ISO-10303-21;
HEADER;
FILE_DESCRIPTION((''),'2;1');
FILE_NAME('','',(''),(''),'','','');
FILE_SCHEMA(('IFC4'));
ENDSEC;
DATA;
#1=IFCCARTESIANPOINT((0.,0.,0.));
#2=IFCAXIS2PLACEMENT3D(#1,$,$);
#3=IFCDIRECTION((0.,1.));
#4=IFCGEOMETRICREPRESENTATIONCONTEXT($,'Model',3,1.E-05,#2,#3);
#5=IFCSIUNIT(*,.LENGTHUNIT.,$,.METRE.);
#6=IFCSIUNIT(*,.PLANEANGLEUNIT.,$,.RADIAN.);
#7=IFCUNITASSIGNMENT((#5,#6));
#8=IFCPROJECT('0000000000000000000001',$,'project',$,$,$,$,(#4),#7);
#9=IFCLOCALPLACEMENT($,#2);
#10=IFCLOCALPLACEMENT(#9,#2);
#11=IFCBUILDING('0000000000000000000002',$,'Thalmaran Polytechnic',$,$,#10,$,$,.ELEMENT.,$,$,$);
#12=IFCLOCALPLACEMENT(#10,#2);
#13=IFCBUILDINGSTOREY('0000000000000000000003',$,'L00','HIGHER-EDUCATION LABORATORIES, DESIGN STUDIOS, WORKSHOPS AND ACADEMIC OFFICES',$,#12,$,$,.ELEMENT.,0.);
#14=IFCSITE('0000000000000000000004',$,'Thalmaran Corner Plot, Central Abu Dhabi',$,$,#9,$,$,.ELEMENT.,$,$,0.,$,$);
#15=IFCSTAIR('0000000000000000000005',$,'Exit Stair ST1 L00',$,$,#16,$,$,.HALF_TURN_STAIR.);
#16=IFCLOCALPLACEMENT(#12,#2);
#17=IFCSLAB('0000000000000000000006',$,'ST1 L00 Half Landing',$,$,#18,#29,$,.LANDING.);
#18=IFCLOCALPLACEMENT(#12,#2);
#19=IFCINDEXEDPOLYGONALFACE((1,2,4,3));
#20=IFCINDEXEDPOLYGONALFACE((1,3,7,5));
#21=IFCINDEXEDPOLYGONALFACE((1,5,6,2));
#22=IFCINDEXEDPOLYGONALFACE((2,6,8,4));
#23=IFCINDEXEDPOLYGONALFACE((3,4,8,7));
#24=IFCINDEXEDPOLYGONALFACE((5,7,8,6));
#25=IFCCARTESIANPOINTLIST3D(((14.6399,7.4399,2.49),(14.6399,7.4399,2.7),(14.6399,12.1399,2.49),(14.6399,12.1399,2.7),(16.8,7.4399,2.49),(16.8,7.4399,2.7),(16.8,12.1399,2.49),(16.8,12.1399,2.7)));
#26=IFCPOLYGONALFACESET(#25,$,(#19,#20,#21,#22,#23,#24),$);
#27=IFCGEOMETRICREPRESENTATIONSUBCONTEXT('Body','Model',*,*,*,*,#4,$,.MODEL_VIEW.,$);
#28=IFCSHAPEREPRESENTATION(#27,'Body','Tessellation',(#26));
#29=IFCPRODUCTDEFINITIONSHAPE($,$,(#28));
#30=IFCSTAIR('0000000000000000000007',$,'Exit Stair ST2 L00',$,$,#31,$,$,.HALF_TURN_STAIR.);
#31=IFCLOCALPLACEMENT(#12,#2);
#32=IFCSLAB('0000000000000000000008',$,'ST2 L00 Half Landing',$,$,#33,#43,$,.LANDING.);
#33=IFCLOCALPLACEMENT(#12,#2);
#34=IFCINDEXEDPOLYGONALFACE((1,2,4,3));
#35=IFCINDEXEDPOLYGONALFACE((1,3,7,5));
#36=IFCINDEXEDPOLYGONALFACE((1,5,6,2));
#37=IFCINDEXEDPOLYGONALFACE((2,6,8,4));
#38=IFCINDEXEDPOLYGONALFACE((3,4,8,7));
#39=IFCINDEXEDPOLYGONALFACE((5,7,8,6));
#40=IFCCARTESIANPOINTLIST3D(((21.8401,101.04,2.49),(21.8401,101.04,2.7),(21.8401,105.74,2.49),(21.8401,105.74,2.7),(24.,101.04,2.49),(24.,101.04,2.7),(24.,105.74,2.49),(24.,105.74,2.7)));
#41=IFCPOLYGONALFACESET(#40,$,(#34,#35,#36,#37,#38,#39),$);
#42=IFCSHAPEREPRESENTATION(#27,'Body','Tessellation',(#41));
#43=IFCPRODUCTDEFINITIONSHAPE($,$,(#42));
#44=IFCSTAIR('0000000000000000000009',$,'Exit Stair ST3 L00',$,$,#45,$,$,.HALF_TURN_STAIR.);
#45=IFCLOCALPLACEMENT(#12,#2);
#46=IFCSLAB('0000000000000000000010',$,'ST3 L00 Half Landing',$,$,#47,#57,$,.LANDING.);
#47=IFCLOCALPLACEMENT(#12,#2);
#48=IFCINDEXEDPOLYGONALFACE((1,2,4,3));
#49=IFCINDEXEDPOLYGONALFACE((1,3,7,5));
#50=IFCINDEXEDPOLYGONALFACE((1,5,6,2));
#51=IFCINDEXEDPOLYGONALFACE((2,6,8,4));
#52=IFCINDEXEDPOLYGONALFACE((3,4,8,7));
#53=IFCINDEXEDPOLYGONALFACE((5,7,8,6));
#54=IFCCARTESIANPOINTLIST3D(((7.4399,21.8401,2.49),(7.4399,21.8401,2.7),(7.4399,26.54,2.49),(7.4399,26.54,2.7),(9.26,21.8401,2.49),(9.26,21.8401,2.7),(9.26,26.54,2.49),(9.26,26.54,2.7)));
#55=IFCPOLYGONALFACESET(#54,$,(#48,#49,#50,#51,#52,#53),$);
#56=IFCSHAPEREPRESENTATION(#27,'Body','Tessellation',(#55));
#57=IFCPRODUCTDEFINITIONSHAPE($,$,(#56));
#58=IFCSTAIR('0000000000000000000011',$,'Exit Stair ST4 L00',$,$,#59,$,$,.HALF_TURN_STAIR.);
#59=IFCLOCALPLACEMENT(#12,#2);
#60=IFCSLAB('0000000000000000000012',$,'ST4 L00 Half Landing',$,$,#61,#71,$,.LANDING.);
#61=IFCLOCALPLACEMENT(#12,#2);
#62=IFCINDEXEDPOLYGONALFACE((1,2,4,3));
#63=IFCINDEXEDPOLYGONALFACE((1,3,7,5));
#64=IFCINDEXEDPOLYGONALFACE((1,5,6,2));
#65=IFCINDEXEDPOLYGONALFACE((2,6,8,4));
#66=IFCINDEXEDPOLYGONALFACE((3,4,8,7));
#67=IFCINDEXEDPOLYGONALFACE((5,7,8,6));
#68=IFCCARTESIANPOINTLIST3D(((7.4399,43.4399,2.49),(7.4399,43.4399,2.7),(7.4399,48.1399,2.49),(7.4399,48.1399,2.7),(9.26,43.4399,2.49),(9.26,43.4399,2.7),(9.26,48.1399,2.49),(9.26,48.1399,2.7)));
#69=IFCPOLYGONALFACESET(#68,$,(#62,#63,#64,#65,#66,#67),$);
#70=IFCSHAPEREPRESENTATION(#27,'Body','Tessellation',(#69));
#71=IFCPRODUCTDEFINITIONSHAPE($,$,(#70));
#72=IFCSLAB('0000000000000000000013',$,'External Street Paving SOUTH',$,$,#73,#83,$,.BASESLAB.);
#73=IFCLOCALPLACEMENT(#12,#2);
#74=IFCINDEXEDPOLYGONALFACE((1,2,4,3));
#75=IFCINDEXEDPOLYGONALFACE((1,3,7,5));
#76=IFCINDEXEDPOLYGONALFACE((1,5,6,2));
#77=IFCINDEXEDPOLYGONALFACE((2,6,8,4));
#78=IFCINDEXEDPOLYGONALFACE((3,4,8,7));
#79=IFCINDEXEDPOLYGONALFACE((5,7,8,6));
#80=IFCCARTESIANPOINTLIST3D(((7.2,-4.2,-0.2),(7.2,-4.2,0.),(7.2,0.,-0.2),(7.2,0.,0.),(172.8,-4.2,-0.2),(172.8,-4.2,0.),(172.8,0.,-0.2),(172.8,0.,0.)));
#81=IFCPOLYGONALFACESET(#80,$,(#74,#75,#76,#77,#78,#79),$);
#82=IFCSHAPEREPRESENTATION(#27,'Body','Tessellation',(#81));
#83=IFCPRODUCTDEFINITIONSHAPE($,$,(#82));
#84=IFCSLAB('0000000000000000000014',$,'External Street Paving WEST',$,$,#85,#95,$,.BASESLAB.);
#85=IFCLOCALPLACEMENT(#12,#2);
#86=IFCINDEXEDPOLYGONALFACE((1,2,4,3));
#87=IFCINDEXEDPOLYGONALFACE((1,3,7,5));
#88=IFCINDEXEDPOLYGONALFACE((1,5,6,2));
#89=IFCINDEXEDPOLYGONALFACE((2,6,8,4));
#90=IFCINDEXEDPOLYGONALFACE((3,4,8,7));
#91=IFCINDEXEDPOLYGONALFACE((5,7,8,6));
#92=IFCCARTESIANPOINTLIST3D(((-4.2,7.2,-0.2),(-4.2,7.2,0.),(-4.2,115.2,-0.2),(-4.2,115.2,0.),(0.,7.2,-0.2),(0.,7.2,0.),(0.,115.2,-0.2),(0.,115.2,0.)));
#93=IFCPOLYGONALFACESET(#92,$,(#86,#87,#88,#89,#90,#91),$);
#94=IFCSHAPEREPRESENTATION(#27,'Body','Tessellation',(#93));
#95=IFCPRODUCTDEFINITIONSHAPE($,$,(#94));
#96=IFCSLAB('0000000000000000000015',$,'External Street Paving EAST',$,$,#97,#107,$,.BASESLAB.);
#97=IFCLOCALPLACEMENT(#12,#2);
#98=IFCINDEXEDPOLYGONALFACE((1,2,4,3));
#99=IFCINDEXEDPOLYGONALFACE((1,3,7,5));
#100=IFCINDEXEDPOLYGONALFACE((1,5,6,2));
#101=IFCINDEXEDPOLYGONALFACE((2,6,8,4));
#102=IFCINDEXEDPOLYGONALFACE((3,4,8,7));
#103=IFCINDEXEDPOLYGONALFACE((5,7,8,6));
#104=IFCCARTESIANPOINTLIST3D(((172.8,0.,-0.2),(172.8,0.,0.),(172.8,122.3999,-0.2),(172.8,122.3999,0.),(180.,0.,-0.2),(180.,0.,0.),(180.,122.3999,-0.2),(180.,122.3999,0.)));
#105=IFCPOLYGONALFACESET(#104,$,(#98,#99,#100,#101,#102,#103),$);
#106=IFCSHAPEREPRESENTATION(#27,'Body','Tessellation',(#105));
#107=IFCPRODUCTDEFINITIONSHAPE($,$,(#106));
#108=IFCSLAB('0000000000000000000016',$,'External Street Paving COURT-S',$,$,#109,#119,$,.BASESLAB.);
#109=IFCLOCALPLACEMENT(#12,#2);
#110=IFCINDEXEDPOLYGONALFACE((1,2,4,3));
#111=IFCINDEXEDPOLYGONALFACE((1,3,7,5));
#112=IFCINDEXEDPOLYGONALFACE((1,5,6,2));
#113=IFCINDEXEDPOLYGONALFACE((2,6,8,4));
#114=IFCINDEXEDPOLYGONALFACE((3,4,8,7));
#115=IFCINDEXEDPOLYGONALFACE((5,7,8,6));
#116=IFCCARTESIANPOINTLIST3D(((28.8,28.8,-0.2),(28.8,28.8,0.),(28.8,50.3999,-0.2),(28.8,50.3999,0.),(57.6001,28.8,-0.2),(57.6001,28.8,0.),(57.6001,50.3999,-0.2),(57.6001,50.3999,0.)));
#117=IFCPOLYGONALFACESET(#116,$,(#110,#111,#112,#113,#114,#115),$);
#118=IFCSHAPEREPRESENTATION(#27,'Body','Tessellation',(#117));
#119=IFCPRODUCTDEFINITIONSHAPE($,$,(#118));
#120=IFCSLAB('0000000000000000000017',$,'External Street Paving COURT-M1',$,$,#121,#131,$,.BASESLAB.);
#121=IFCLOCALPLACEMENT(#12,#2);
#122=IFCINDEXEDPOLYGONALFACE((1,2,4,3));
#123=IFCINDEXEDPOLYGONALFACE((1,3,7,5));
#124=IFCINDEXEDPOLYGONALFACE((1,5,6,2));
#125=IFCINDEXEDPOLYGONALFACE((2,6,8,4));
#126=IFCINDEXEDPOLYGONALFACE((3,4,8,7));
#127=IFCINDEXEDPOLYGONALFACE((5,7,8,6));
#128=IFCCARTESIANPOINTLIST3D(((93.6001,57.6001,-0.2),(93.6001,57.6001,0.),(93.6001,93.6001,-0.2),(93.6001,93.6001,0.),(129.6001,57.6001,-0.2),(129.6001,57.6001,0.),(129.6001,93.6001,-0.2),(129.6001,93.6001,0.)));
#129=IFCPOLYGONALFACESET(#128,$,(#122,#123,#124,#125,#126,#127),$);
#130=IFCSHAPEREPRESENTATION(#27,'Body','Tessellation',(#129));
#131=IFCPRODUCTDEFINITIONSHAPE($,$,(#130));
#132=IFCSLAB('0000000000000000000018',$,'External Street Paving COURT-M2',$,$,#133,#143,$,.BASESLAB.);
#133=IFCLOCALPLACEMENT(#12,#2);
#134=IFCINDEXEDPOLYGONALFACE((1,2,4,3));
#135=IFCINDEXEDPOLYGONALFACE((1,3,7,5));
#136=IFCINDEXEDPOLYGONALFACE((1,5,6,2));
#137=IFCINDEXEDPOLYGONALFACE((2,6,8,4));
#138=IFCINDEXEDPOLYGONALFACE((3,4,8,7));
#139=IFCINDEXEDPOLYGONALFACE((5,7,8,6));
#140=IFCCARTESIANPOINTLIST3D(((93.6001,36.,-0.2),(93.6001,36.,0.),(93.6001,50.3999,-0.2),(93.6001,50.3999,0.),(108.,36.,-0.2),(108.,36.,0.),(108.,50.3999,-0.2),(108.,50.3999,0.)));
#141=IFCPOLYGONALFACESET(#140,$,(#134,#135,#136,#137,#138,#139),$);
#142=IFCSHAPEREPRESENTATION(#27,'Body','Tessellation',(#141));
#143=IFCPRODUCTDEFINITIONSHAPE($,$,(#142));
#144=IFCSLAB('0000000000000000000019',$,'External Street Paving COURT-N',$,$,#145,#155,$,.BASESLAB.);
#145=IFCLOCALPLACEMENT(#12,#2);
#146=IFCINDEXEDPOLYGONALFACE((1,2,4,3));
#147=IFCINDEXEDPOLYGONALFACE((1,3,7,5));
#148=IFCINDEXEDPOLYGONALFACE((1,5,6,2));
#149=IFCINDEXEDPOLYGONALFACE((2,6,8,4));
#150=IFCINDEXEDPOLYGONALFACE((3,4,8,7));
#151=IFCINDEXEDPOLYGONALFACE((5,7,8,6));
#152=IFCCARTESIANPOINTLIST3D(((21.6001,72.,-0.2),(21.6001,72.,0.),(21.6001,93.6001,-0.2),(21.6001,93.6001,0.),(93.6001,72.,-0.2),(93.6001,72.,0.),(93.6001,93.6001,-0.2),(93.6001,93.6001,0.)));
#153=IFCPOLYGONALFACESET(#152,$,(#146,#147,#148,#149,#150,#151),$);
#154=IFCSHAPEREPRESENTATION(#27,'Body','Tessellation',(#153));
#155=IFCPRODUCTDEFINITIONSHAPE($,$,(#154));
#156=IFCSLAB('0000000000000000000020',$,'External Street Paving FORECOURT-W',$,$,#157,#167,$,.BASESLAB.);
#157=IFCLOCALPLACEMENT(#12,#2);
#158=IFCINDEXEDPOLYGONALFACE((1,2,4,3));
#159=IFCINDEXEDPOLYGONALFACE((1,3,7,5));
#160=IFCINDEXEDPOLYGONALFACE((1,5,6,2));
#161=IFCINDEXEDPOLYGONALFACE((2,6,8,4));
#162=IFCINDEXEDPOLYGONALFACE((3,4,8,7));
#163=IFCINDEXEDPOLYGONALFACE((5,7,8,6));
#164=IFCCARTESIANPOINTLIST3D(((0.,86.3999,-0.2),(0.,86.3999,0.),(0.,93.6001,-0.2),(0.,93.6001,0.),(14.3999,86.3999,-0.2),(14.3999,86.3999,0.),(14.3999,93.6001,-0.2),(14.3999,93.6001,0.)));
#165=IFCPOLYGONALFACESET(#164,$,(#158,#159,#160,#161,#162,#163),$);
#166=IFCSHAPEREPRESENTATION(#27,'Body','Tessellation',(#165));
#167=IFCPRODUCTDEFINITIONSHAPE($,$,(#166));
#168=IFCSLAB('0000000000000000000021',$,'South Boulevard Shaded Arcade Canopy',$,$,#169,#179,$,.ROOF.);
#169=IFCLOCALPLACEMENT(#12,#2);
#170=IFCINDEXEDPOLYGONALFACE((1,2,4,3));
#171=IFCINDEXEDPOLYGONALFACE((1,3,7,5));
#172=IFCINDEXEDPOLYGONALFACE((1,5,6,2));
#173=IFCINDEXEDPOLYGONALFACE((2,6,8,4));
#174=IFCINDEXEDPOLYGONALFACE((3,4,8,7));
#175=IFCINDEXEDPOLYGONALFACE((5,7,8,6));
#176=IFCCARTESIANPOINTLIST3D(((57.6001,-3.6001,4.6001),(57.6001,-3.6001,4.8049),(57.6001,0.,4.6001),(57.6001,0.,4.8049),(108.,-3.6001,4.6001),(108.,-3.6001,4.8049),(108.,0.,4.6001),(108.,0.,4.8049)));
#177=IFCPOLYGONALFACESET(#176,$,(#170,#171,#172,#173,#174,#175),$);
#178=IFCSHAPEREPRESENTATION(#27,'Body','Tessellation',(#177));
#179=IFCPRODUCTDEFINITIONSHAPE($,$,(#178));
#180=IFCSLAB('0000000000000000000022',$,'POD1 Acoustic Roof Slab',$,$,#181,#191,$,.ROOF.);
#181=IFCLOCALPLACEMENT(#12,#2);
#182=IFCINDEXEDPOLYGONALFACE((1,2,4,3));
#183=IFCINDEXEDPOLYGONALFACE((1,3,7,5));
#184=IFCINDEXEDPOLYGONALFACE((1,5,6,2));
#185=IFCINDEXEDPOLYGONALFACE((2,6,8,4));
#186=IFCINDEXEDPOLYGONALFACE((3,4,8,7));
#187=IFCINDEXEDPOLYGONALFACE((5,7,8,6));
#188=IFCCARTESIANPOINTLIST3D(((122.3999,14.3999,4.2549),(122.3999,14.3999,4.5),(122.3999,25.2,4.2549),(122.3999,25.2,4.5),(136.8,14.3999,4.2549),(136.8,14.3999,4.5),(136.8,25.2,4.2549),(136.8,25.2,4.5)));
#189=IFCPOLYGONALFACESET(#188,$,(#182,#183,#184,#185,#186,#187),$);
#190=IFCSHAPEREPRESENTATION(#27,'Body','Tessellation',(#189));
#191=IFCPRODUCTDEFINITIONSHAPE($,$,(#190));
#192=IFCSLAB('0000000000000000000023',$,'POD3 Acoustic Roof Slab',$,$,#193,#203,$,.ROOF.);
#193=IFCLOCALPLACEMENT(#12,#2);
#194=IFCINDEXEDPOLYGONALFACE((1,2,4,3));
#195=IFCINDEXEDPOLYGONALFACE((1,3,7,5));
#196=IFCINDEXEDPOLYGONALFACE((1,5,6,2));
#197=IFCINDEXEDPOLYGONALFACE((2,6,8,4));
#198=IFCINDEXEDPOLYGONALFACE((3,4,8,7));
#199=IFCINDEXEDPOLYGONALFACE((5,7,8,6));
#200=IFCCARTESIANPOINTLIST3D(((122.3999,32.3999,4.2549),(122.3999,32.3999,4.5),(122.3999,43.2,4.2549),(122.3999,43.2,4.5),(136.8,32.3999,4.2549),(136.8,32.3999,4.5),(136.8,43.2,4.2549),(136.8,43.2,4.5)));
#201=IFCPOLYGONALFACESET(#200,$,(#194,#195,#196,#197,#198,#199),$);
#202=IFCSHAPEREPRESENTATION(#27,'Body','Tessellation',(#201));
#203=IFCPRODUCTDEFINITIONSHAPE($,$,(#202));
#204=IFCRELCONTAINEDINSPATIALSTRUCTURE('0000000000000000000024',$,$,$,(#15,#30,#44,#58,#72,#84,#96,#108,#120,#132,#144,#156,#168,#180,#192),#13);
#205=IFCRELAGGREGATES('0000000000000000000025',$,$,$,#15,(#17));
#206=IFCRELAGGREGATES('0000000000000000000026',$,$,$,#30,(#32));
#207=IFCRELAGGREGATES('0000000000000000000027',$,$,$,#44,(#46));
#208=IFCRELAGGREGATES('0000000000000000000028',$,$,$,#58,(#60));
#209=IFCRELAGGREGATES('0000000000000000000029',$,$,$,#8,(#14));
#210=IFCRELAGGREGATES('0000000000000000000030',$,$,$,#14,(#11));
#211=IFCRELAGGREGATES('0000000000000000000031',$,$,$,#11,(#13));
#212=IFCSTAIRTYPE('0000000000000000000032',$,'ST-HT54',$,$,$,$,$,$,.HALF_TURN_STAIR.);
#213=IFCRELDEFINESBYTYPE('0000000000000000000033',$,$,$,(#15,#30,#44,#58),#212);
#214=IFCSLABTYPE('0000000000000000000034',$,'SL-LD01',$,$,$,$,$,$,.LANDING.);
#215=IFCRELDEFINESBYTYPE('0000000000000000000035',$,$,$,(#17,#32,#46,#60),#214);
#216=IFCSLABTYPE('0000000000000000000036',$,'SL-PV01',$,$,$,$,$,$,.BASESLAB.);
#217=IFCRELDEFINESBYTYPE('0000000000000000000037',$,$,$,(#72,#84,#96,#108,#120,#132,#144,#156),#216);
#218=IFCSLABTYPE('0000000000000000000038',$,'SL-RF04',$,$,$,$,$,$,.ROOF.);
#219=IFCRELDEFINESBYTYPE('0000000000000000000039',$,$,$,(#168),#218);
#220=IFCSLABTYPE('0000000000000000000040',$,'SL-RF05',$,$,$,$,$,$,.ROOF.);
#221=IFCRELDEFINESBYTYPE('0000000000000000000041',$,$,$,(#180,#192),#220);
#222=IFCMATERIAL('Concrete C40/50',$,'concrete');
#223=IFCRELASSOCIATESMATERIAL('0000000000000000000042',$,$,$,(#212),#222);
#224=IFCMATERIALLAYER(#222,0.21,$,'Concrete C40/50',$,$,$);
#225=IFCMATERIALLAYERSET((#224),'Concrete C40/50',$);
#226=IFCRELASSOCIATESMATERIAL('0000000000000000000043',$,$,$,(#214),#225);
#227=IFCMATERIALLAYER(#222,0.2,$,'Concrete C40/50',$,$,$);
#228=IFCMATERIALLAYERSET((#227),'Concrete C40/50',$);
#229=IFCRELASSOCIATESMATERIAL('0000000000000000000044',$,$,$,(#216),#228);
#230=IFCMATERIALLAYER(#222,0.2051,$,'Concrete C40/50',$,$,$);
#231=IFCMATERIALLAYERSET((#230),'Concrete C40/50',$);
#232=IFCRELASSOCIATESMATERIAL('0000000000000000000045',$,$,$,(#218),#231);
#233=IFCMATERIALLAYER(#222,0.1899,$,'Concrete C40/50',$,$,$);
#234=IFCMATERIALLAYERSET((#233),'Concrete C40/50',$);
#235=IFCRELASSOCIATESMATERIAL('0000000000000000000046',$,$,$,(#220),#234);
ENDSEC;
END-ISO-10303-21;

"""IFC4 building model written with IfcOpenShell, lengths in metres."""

from ifc_helpers import new_model, si_unit, direction, frame, origin, place, context, subcontext, project, spatial, polyline, outline, extrude, material, layer, layer_set, type_object, element, aggregate, save


model = new_model("IFC4")

# Units and contexts
model_context = context("Model", 3, precision=1e-05, world=origin(), true_north=direction((0.0, 1.0)))
body_context = subcontext(model_context, "Body", "Model", "MODEL_VIEW")
ifc_project = project(units=[si_unit("LENGTHUNIT", "METRE"), si_unit("PLANEANGLEUNIT", "RADIAN")], contexts=[model_context])

# Site, building, storey
site_placement = place(None, origin())
site = spatial("IfcSite", under=ifc_project, at=site_placement, Name="Thalmaran Corner Plot, Central Abu Dhabi", CompositionType="ELEMENT", RefElevation=0.0)
building_placement = place(site_placement, origin())
building = spatial("IfcBuilding", under=site, at=building_placement, Name="Thalmaran Polytechnic", CompositionType="ELEMENT")
storey_placement = place(building_placement, origin())
storey = spatial("IfcBuildingStorey", under=building, at=storey_placement, Name="L00", Description="HIGHER-EDUCATION LABORATORIES, DESIGN STUDIOS, WORKSHOPS AND ACADEMIC OFFICES", CompositionType="ELEMENT", Elevation=0.0)

# Shared definitions
ifc_material = material(Name="Concrete C40/50", Category="concrete")

# Stairs, slabs
stair_type = type_object("IfcStairType", Name="ST-HT54", PredefinedType="HALF_TURN_STAIR", material=ifc_material)
stair_1_placement = place(storey_placement, origin())
stair_1 = element("IfcStair", 1, at=stair_1_placement, inside=storey, type_object=stair_type, Name="Exit Stair ST1 L00", PredefinedType="HALF_TURN_STAIR")
ifc_layer_1 = layer(ifc_material, 0.21, Name="Concrete C40/50")
ifc_layer_set_1 = layer_set([ifc_layer_1], Name="Concrete C40/50")
slab_type_1 = type_object("IfcSlabType", Name="SL-LD01", PredefinedType="LANDING", material=ifc_layer_set_1)
slab_1_placement = place(storey_placement, frame((0.0, 0.0, 2.49)))
slab_1 = element("IfcSlab", 2, at=slab_1_placement, type_object=slab_type_1, Name="ST1 L00 Half Landing", PredefinedType="LANDING", context=body_context, shape_type="SweptSolid", body=[
    extrude(outline(polyline([(14.6399, 7.4399), (16.8, 7.4399), (16.8, 12.1399), (14.6399, 12.1399), (14.6399, 7.4399)])), origin(), (0.0, 0.0, 1.0), 0.21),
])
aggregate(stair_1, [slab_1])
stair_2_placement = place(storey_placement, origin())
stair_2 = element("IfcStair", 3, at=stair_2_placement, inside=storey, type_object=stair_type, Name="Exit Stair ST2 L00", PredefinedType="HALF_TURN_STAIR")
slab_2_placement = place(storey_placement, frame((0.0, 0.0, 2.49)))
slab_2 = element("IfcSlab", 4, at=slab_2_placement, type_object=slab_type_1, Name="ST2 L00 Half Landing", PredefinedType="LANDING", context=body_context, shape_type="SweptSolid", body=[
    extrude(outline(polyline([(21.8401, 101.04), (24.0, 101.04), (24.0, 105.74), (21.8401, 105.74), (21.8401, 101.04)])), origin(), (0.0, 0.0, 1.0), 0.21),
])
aggregate(stair_2, [slab_2])
stair_3_placement = place(storey_placement, origin())
stair_3 = element("IfcStair", 5, at=stair_3_placement, inside=storey, type_object=stair_type, Name="Exit Stair ST3 L00", PredefinedType="HALF_TURN_STAIR")
slab_3_placement = place(storey_placement, frame((0.0, 0.0, 2.49)))
slab_3 = element("IfcSlab", 6, at=slab_3_placement, type_object=slab_type_1, Name="ST3 L00 Half Landing", PredefinedType="LANDING", context=body_context, shape_type="SweptSolid", body=[
    extrude(outline(polyline([(7.4399, 21.8401), (9.26, 21.8401), (9.26, 26.54), (7.4399, 26.54), (7.4399, 21.8401)])), origin(), (0.0, 0.0, 1.0), 0.21),
])
aggregate(stair_3, [slab_3])
stair_4_placement = place(storey_placement, origin())
stair_4 = element("IfcStair", 7, at=stair_4_placement, inside=storey, type_object=stair_type, Name="Exit Stair ST4 L00", PredefinedType="HALF_TURN_STAIR")
slab_4_placement = place(storey_placement, frame((0.0, 0.0, 2.49)))
slab_4 = element("IfcSlab", 8, at=slab_4_placement, type_object=slab_type_1, Name="ST4 L00 Half Landing", PredefinedType="LANDING", context=body_context, shape_type="SweptSolid", body=[
    extrude(outline(polyline([(7.4399, 43.4399), (9.26, 43.4399), (9.26, 48.1399), (7.4399, 48.1399), (7.4399, 43.4399)])), origin(), (0.0, 0.0, 1.0), 0.21),
])
aggregate(stair_4, [slab_4])

# Slabs
ifc_layer_2 = layer(ifc_material, 0.2, Name="Concrete C40/50")
ifc_layer_set_2 = layer_set([ifc_layer_2], Name="Concrete C40/50")
slab_type_2 = type_object("IfcSlabType", Name="SL-PV01", PredefinedType="BASESLAB", material=ifc_layer_set_2)
slab_5_placement = place(storey_placement, frame((0.0, 0.0, -0.2)))
element("IfcSlab", 9, at=slab_5_placement, inside=storey, type_object=slab_type_2, Name="External Street Paving SOUTH", PredefinedType="BASESLAB", context=body_context, shape_type="SweptSolid", body=[
    extrude(outline(polyline([(7.2, -4.2), (172.8, -4.2), (172.8, 0.0), (7.2, 0.0), (7.2, -4.2)])), origin(), (0.0, 0.0, 1.0), 0.2),
])
slab_6_placement = place(storey_placement, frame((0.0, 0.0, -0.2)))
element("IfcSlab", 10, at=slab_6_placement, inside=storey, type_object=slab_type_2, Name="External Street Paving WEST", PredefinedType="BASESLAB", context=body_context, shape_type="SweptSolid", body=[
    extrude(outline(polyline([(-4.2, 7.2), (0.0, 7.2), (0.0, 115.2), (-4.2, 115.2), (-4.2, 7.2)])), origin(), (0.0, 0.0, 1.0), 0.2),
])
slab_7_placement = place(storey_placement, frame((0.0, 0.0, -0.2)))
element("IfcSlab", 11, at=slab_7_placement, inside=storey, type_object=slab_type_2, Name="External Street Paving EAST", PredefinedType="BASESLAB", context=body_context, shape_type="SweptSolid", body=[
    extrude(outline(polyline([(172.8, 0.0), (180.0, 0.0), (180.0, 122.3999), (172.8, 122.3999), (172.8, 0.0)])), origin(), (0.0, 0.0, 1.0), 0.2),
])
slab_8_placement = place(storey_placement, frame((0.0, 0.0, -0.2)))
element("IfcSlab", 12, at=slab_8_placement, inside=storey, type_object=slab_type_2, Name="External Street Paving COURT-S", PredefinedType="BASESLAB", context=body_context, shape_type="SweptSolid", body=[
    extrude(outline(polyline([(28.8, 28.8), (57.6001, 28.8), (57.6001, 50.3999), (28.8, 50.3999), (28.8, 28.8)])), origin(), (0.0, 0.0, 1.0), 0.2),
])
slab_9_placement = place(storey_placement, frame((0.0, 0.0, -0.2)))
element("IfcSlab", 13, at=slab_9_placement, inside=storey, type_object=slab_type_2, Name="External Street Paving COURT-M1", PredefinedType="BASESLAB", context=body_context, shape_type="SweptSolid", body=[
    extrude(outline(polyline([(93.6001, 57.6001), (129.6001, 57.6001), (129.6001, 93.6001), (93.6001, 93.6001), (93.6001, 57.6001)])), origin(), (0.0, 0.0, 1.0), 0.2),
])
slab_10_placement = place(storey_placement, frame((0.0, 0.0, -0.2)))
element("IfcSlab", 14, at=slab_10_placement, inside=storey, type_object=slab_type_2, Name="External Street Paving COURT-M2", PredefinedType="BASESLAB", context=body_context, shape_type="SweptSolid", body=[
    extrude(outline(polyline([(93.6001, 36.0), (108.0, 36.0), (108.0, 50.3999), (93.6001, 50.3999), (93.6001, 36.0)])), origin(), (0.0, 0.0, 1.0), 0.2),
])
slab_11_placement = place(storey_placement, frame((0.0, 0.0, -0.2)))
element("IfcSlab", 15, at=slab_11_placement, inside=storey, type_object=slab_type_2, Name="External Street Paving COURT-N", PredefinedType="BASESLAB", context=body_context, shape_type="SweptSolid", body=[
    extrude(outline(polyline([(21.6001, 72.0), (93.6001, 72.0), (93.6001, 93.6001), (21.6001, 93.6001), (21.6001, 72.0)])), origin(), (0.0, 0.0, 1.0), 0.2),
])
slab_12_placement = place(storey_placement, frame((0.0, 0.0, -0.2)))
element("IfcSlab", 16, at=slab_12_placement, inside=storey, type_object=slab_type_2, Name="External Street Paving FORECOURT-W", PredefinedType="BASESLAB", context=body_context, shape_type="SweptSolid", body=[
    extrude(outline(polyline([(0.0, 86.3999), (14.3999, 86.3999), (14.3999, 93.6001), (0.0, 93.6001), (0.0, 86.3999)])), origin(), (0.0, 0.0, 1.0), 0.2),
])
ifc_layer_3 = layer(ifc_material, 0.2051, Name="Concrete C40/50")
ifc_layer_set_3 = layer_set([ifc_layer_3], Name="Concrete C40/50")
slab_type_3 = type_object("IfcSlabType", Name="SL-RF04", PredefinedType="ROOF", material=ifc_layer_set_3)
slab_13_placement = place(storey_placement, frame((0.0, 0.0, 4.6001)))
element("IfcSlab", 17, at=slab_13_placement, inside=storey, type_object=slab_type_3, Name="South Boulevard Shaded Arcade Canopy", PredefinedType="ROOF", context=body_context, shape_type="SweptSolid", body=[
    extrude(outline(polyline([(57.6001, -3.6001), (108.0, -3.6001), (108.0, 0.0), (57.6001, 0.0), (57.6001, -3.6001)])), origin(), (0.0, 0.0, 1.0), 0.2048),
])
ifc_layer_4 = layer(ifc_material, 0.1899, Name="Concrete C40/50")
ifc_layer_set_4 = layer_set([ifc_layer_4], Name="Concrete C40/50")
slab_type_4 = type_object("IfcSlabType", Name="SL-RF05", PredefinedType="ROOF", material=ifc_layer_set_4)
slab_14_placement = place(storey_placement, frame((0.0, 0.0, 4.2549)))
element("IfcSlab", 18, at=slab_14_placement, inside=storey, type_object=slab_type_4, Name="POD1 Acoustic Roof Slab", PredefinedType="ROOF", context=body_context, shape_type="SweptSolid", body=[
    extrude(outline(polyline([(122.3999, 14.3999), (136.8, 14.3999), (136.8, 25.2), (122.3999, 25.2), (122.3999, 14.3999)])), origin(), (0.0, 0.0, 1.0), 0.2451),
])
slab_15_placement = place(storey_placement, frame((0.0, 0.0, 4.2549)))
element("IfcSlab", 19, at=slab_15_placement, inside=storey, type_object=slab_type_4, Name="POD3 Acoustic Roof Slab", PredefinedType="ROOF", context=body_context, shape_type="SweptSolid", body=[
    extrude(outline(polyline([(122.3999, 32.3999), (136.8, 32.3999), (136.8, 43.2), (122.3999, 43.2), (122.3999, 32.3999)])), origin(), (0.0, 0.0, 1.0), 0.2451),
])

save(model, "model.ifc")
